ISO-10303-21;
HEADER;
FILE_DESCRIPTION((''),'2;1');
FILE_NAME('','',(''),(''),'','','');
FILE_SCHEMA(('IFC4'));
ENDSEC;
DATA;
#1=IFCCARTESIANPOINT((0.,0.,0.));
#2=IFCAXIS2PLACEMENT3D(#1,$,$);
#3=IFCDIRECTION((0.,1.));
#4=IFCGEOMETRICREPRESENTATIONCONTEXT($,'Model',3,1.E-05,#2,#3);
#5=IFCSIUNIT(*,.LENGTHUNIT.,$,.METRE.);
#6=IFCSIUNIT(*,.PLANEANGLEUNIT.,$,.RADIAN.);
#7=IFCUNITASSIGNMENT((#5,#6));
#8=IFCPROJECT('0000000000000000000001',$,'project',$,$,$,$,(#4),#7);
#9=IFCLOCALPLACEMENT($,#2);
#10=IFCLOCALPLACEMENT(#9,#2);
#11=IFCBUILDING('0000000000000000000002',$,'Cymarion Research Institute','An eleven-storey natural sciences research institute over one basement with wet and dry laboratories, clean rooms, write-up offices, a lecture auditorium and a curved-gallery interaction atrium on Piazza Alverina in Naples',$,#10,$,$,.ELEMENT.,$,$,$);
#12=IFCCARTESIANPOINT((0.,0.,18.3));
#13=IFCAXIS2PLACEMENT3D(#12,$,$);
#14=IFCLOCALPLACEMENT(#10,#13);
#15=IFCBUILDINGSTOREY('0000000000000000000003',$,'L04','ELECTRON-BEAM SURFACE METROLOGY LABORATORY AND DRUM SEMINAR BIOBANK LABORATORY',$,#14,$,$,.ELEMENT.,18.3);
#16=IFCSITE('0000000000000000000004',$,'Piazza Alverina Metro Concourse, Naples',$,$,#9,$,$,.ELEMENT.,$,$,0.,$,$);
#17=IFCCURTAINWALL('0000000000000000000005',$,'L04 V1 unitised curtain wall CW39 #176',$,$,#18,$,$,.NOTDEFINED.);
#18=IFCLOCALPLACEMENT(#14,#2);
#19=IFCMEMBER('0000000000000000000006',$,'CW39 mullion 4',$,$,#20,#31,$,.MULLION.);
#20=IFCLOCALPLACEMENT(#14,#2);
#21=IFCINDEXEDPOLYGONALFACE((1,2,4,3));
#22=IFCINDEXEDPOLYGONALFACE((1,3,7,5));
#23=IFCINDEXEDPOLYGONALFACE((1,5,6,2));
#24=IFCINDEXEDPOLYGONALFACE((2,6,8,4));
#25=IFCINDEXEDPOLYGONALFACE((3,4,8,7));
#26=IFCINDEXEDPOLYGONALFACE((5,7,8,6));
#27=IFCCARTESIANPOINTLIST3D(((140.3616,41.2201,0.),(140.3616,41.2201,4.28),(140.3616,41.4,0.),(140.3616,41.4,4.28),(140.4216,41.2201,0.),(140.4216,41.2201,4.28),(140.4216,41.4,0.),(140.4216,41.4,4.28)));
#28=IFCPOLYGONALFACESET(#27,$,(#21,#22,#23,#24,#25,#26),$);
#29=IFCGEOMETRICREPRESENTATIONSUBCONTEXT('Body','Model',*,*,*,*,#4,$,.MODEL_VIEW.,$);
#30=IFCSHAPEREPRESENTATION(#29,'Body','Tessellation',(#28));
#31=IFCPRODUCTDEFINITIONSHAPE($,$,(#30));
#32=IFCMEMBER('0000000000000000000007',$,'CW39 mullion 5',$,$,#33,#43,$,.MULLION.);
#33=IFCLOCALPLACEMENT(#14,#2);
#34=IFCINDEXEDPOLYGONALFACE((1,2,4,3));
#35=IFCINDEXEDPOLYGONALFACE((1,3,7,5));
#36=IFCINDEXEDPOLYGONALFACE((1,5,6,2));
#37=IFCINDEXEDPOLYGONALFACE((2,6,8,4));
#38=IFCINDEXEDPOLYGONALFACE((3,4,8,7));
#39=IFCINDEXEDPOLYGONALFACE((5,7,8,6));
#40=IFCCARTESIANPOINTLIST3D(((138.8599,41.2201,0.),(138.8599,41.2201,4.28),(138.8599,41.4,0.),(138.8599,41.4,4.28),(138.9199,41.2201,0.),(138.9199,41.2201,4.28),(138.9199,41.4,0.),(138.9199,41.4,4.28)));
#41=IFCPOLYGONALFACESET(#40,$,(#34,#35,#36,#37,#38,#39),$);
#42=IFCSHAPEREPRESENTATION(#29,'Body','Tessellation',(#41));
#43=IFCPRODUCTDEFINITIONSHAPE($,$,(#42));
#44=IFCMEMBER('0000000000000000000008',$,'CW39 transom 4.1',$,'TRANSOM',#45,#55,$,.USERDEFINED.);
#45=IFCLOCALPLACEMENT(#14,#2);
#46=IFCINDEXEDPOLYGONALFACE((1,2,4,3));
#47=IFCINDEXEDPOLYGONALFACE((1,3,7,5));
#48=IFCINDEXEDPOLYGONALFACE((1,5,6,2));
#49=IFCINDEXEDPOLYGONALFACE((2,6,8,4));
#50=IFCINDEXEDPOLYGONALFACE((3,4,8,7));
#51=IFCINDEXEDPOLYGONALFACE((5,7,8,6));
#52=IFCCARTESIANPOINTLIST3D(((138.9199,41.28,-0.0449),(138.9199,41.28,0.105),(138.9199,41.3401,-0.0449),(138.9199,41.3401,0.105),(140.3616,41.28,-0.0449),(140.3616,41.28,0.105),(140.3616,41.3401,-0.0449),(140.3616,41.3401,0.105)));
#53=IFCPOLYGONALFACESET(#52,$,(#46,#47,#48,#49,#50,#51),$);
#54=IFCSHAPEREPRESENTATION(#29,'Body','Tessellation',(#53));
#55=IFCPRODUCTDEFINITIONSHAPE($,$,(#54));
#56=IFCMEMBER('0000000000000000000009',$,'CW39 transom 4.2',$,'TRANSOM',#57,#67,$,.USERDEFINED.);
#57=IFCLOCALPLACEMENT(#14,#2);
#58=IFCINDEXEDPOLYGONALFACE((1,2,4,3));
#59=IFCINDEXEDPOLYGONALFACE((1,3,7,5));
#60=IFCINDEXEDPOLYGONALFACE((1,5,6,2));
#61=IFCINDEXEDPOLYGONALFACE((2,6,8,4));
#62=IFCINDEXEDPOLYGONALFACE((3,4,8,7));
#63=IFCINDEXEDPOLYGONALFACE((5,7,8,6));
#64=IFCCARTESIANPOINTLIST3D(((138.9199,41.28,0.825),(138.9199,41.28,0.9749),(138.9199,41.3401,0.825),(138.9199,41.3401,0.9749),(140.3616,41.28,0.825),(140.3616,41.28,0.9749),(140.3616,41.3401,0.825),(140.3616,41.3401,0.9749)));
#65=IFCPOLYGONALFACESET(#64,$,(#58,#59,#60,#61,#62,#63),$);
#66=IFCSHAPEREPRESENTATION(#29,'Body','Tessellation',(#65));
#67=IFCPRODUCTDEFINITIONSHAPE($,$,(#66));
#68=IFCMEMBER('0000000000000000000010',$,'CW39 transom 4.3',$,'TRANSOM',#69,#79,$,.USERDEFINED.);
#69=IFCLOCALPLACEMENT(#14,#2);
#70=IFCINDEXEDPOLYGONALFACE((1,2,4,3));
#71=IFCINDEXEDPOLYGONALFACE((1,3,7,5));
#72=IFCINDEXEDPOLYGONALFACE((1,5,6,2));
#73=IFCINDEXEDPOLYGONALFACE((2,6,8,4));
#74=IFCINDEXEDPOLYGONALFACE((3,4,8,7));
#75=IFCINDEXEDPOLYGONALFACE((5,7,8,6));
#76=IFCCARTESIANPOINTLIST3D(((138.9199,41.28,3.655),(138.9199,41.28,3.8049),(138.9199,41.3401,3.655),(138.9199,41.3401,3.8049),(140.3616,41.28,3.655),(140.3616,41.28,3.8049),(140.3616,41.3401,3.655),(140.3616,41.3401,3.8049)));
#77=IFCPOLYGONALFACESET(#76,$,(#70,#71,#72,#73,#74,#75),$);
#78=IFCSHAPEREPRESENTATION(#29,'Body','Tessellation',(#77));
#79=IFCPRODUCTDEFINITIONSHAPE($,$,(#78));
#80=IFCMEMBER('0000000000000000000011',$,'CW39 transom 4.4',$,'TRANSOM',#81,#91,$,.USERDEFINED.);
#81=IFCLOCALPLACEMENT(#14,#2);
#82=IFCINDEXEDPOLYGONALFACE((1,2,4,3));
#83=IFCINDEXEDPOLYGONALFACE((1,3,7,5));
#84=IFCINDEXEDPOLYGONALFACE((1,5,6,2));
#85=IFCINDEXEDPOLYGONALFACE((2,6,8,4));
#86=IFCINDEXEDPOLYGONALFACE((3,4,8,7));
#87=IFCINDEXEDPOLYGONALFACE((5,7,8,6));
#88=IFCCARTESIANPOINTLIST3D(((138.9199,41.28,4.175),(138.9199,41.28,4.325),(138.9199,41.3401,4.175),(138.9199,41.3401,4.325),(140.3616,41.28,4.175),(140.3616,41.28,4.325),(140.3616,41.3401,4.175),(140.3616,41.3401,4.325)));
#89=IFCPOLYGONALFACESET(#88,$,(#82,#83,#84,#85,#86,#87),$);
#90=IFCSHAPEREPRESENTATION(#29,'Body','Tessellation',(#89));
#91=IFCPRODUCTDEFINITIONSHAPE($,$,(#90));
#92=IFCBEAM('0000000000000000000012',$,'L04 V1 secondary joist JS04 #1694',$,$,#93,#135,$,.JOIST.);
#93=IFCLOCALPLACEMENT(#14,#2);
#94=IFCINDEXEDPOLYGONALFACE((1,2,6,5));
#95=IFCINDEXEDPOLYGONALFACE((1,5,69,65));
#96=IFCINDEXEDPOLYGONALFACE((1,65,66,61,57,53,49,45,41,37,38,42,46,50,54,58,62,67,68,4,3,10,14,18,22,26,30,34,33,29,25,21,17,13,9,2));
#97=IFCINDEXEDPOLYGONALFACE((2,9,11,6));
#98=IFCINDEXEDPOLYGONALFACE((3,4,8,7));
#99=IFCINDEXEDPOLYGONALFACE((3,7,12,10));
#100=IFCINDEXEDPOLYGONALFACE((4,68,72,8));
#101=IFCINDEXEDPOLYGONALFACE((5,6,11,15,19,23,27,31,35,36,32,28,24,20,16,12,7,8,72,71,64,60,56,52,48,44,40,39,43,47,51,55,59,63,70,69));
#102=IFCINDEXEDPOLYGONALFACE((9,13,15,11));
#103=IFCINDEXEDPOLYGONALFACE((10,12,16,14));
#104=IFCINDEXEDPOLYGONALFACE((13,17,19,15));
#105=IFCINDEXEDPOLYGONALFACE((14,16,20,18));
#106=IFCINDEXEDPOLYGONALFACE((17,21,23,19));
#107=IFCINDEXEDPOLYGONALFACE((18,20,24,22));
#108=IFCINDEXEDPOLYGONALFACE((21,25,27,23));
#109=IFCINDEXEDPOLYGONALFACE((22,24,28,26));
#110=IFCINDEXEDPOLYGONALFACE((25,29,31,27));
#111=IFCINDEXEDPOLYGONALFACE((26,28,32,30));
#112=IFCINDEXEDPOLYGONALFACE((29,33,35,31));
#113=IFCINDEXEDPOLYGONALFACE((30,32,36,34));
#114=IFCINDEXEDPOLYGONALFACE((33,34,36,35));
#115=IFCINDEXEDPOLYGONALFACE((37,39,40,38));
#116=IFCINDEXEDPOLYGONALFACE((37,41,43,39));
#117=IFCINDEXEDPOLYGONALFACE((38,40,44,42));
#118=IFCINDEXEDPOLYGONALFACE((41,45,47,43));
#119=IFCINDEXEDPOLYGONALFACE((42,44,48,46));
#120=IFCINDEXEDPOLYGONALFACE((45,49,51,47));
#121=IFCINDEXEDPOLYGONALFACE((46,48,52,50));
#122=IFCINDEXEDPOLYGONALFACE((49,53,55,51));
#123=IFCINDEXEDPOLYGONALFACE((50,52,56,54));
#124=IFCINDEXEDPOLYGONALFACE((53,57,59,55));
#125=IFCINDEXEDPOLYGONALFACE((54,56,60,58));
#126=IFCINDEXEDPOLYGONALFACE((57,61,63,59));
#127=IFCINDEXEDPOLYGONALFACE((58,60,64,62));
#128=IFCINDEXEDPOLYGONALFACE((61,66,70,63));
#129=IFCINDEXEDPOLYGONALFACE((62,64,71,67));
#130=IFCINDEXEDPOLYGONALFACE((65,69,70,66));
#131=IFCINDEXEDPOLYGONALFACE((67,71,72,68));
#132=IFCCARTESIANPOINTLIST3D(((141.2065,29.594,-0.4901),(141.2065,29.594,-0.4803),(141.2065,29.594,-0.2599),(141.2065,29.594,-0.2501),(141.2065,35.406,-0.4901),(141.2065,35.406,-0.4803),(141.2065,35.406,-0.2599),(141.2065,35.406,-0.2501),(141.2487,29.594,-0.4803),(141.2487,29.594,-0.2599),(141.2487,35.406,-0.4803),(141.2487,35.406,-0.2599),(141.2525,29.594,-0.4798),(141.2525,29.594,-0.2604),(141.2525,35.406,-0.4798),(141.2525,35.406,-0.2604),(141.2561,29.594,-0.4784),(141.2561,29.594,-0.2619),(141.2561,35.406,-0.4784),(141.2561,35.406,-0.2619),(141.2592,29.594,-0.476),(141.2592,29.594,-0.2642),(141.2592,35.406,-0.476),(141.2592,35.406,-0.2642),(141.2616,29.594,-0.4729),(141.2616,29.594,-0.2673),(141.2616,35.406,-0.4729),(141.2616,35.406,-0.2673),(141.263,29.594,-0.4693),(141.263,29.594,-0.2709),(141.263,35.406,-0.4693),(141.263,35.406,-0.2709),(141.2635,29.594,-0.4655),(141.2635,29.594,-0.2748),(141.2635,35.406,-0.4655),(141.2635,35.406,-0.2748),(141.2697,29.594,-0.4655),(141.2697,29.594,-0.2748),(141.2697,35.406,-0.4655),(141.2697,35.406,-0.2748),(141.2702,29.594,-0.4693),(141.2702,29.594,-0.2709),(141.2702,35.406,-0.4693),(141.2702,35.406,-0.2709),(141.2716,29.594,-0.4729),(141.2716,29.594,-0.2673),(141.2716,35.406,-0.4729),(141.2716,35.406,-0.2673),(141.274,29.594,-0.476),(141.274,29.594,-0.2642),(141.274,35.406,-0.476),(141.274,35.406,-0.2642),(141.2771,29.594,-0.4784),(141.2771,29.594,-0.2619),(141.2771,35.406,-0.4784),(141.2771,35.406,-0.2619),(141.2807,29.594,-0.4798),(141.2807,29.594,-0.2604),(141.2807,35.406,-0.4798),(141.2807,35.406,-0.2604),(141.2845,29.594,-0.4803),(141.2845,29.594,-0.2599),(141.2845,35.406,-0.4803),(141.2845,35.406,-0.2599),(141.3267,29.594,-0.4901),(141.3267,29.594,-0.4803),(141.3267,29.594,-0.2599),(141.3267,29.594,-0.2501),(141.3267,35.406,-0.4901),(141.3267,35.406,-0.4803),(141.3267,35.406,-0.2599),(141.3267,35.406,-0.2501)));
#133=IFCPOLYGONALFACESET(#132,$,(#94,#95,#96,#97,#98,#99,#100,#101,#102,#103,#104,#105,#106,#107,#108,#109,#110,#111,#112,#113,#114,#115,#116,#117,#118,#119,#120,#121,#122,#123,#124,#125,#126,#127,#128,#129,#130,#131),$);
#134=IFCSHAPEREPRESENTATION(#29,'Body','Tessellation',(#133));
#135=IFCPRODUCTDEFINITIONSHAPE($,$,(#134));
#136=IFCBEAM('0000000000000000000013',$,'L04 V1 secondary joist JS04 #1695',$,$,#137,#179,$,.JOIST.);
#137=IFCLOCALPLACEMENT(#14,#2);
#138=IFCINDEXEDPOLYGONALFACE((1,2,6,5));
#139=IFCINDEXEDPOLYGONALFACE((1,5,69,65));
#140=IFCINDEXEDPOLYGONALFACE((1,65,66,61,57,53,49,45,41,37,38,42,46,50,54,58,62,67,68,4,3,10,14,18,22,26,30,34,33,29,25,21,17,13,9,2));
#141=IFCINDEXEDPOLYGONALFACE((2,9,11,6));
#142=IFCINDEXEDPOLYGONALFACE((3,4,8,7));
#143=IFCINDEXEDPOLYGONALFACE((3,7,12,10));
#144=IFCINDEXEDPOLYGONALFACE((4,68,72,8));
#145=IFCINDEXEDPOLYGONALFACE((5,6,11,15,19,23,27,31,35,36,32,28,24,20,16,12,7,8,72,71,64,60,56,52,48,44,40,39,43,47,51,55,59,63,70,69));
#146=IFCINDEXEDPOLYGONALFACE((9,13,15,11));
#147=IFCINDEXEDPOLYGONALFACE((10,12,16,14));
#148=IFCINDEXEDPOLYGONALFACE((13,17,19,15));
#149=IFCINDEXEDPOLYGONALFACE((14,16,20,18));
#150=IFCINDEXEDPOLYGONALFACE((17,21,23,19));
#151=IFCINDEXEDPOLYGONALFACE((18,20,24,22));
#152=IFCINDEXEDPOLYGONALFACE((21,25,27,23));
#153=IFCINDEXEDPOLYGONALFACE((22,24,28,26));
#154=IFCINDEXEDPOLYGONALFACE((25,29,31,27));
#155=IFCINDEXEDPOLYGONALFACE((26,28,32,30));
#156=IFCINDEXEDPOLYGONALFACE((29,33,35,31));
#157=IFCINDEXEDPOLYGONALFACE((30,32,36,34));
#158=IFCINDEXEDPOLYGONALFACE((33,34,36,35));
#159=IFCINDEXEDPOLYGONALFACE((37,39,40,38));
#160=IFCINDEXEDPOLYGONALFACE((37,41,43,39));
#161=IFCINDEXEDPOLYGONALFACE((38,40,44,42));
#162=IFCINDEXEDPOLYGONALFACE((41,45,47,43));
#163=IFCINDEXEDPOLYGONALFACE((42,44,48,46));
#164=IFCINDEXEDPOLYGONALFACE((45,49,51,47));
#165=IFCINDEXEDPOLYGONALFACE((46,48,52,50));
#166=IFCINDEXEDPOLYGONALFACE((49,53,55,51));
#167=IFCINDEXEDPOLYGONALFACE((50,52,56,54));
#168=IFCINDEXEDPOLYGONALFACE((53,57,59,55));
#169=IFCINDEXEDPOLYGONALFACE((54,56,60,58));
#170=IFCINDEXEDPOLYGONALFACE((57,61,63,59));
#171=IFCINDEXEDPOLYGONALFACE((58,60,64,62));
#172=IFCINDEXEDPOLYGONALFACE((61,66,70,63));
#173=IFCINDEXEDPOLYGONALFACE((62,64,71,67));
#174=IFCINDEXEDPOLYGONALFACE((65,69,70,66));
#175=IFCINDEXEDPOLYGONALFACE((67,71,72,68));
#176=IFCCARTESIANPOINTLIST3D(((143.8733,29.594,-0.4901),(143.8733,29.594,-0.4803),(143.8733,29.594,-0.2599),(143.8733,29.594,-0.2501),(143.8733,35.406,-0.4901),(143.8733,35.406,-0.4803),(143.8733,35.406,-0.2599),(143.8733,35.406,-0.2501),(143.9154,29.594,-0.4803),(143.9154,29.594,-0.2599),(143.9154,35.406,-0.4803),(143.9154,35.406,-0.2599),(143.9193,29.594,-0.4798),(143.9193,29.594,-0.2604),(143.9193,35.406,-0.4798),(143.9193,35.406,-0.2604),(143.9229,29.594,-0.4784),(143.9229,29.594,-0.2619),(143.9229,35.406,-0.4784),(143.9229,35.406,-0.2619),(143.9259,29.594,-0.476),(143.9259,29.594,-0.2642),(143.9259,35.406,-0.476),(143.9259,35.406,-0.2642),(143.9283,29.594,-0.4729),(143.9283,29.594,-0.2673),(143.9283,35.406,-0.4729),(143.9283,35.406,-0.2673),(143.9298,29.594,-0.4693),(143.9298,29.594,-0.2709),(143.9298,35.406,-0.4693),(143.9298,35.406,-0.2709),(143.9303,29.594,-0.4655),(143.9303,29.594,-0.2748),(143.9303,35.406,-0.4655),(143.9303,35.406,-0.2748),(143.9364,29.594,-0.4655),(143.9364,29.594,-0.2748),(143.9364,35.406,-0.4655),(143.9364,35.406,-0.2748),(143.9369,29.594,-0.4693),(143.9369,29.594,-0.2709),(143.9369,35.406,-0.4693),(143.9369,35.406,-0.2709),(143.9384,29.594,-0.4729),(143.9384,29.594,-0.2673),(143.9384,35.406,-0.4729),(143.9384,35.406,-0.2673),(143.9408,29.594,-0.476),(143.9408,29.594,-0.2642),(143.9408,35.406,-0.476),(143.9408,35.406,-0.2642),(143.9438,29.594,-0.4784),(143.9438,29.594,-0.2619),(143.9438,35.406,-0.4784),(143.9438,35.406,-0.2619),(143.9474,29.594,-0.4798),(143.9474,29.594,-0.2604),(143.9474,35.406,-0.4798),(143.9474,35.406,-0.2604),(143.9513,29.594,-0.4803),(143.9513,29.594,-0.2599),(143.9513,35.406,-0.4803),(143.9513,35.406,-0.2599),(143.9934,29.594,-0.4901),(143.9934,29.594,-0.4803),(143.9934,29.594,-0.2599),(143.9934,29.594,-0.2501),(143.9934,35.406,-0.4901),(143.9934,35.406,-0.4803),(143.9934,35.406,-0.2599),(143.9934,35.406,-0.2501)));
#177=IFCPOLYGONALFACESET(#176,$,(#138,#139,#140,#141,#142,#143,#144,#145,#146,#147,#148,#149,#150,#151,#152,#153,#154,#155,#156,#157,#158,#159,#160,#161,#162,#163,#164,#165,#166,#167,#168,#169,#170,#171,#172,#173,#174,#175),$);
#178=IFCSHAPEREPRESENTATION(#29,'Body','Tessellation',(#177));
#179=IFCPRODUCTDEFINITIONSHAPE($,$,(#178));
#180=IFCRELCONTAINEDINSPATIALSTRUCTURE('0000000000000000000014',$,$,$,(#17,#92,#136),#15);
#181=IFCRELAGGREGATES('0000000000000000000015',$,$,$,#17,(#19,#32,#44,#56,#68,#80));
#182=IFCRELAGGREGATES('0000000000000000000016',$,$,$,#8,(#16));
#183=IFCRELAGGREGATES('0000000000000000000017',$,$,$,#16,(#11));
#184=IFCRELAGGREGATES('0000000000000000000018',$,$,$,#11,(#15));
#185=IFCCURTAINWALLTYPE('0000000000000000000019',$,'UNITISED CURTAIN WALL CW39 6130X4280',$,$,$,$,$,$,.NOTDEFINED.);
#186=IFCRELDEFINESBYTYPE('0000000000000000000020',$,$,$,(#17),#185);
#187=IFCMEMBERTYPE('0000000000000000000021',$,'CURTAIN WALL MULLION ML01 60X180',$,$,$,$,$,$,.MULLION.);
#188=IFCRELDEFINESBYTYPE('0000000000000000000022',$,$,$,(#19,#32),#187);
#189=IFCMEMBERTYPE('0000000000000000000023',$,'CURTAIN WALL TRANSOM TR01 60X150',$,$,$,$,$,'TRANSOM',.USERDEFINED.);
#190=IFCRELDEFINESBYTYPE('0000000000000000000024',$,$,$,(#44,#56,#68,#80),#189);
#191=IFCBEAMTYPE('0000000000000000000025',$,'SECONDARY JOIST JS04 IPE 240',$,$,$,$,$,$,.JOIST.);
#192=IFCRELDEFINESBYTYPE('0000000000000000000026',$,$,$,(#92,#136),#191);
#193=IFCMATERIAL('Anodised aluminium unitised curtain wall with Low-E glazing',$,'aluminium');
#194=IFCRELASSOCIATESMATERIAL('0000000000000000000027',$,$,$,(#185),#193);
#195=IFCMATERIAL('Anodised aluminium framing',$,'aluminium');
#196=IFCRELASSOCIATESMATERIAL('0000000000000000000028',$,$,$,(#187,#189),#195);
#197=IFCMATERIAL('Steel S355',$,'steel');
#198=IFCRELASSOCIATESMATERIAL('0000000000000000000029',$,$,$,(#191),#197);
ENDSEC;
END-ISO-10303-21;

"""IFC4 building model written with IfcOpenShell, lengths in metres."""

from ifc_helpers import new_model, si_unit, direction, frame, origin, origin_2d, place, context, subcontext, project, spatial, rectangle, i_section, extrude, material, material_profile, profile_set, type_object, element, aggregate, save


model = new_model("IFC4")

# Units and contexts
model_context = context("Model", 3, precision=1e-05, world=origin(), true_north=direction((0.0, 1.0)))
body_context = subcontext(model_context, "Body", "Model", "MODEL_VIEW")
ifc_project = project(units=[si_unit("LENGTHUNIT", "METRE"), si_unit("PLANEANGLEUNIT", "RADIAN")], contexts=[model_context])

# Site, building, storey
site_placement = place(None, origin())
site = spatial("IfcSite", under=ifc_project, at=site_placement, Name="Piazza Alverina Metro Concourse, Naples", CompositionType="ELEMENT", RefElevation=0.0)
building_placement = place(site_placement, origin())
building = spatial("IfcBuilding", under=site, at=building_placement, Name="Cymarion Research Institute", Description="An eleven-storey natural sciences research institute over one basement with wet and dry laboratories, clean rooms, write-up offices, a lecture auditorium and a curved-gallery interaction atrium on Piazza Alverina in Naples", CompositionType="ELEMENT")
storey_placement = place(building_placement, frame((0.0, 0.0, 18.3)))
storey = spatial("IfcBuildingStorey", under=building, at=storey_placement, Name="L04", Description="ELECTRON-BEAM SURFACE METROLOGY LABORATORY AND DRUM SEMINAR BIOBANK LABORATORY", CompositionType="ELEMENT", Elevation=18.3)

# Curtain wall, members
ifc_material_1 = material(Name="Anodised aluminium unitised curtain wall with Low-E glazing", Category="aluminium")
curtain_wall_type = type_object("IfcCurtainWallType", Name="UNITISED CURTAIN WALL CW39 6130X4280", PredefinedType="NOTDEFINED", material=ifc_material_1)
curtain_wall_placement = place(storey_placement, origin())
curtain_wall = element("IfcCurtainWall", 1, at=curtain_wall_placement, inside=storey, type_object=curtain_wall_type, Name="L04 V1 unitised curtain wall CW39 #176", PredefinedType="NOTDEFINED")
ifc_material_2 = material(Name="Anodised aluminium framing", Category="aluminium")
ifc_material_profile_1 = material_profile(ifc_material_2, rectangle(XDim=0.0601, YDim=0.1799, at=origin_2d()), Name="ALU MULLION 60x180")
ifc_profile_set_1 = profile_set([ifc_material_profile_1], Name="Anodised aluminium framing")
member_type_1 = type_object("IfcMemberType", Name="CURTAIN WALL MULLION ML01 60X180", PredefinedType="MULLION", material=ifc_profile_set_1)
member_1_placement = place(storey_placement, frame((140.3916, 41.3101, 0.0), z_axis=(0.0, 0.0, 1.0), x_axis=(-1.0, 0.0, 0.0)))
member_1 = element("IfcMember", 2, at=member_1_placement, type_object=member_type_1, Name="CW39 mullion 4", PredefinedType="MULLION", context=body_context, shape_type="SweptSolid", body=[
    extrude(rectangle(XDim=0.0601, YDim=0.1799, at=origin_2d()), origin(), (0.0, 0.0, 1.0), 4.28),
])
member_2_placement = place(storey_placement, frame((138.8899, 41.3101, 0.0), z_axis=(0.0, 0.0, 1.0), x_axis=(-1.0, 0.0, 0.0)))
member_2 = element("IfcMember", 3, at=member_2_placement, type_object=member_type_1, Name="CW39 mullion 5", PredefinedType="MULLION", context=body_context, shape_type="SweptSolid", body=[
    extrude(rectangle(XDim=0.0601, YDim=0.1799, at=origin_2d()), origin(), (0.0, 0.0, 1.0), 4.28),
])
ifc_material_profile_2 = material_profile(ifc_material_2, rectangle(XDim=0.0601, YDim=0.1499, at=origin_2d()), Name="ALU TRANSOM 60x150")
ifc_profile_set_2 = profile_set([ifc_material_profile_2], Name="Anodised aluminium framing")
member_type_2 = type_object("IfcMemberType", Name="CURTAIN WALL TRANSOM TR01 60X150", ElementType="TRANSOM", PredefinedType="USERDEFINED", material=ifc_profile_set_2)
member_3_placement = place(storey_placement, frame((140.3616, 41.3101, 0.03), z_axis=(-1.0, 0.0, 0.0), x_axis=(0.0, -1.0, 0.0)))
member_3 = element("IfcMember", 4, at=member_3_placement, type_object=member_type_2, Name="CW39 transom 4.1", ObjectType="TRANSOM", PredefinedType="USERDEFINED", context=body_context, shape_type="SweptSolid", body=[
    extrude(rectangle(XDim=0.0601, YDim=0.1499, at=origin_2d()), origin(), (0.0, 0.0, 1.0), 1.4417),
])
member_4_placement = place(storey_placement, frame((140.3616, 41.3101, 0.8999), z_axis=(-1.0, 0.0, 0.0), x_axis=(0.0, -1.0, 0.0)))
member_4 = element("IfcMember", 5, at=member_4_placement, type_object=member_type_2, Name="CW39 transom 4.2", ObjectType="TRANSOM", PredefinedType="USERDEFINED", context=body_context, shape_type="SweptSolid", body=[
    extrude(rectangle(XDim=0.0601, YDim=0.1499, at=origin_2d()), origin(), (0.0, 0.0, 1.0), 1.4417),
])
member_5_placement = place(storey_placement, frame((140.3616, 41.3101, 3.73), z_axis=(-1.0, 0.0, 0.0), x_axis=(0.0, -1.0, 0.0)))
member_5 = element("IfcMember", 6, at=member_5_placement, type_object=member_type_2, Name="CW39 transom 4.3", ObjectType="TRANSOM", PredefinedType="USERDEFINED", context=body_context, shape_type="SweptSolid", body=[
    extrude(rectangle(XDim=0.0601, YDim=0.1499, at=origin_2d()), origin(), (0.0, 0.0, 1.0), 1.4417),
])
member_6_placement = place(storey_placement, frame((140.3616, 41.3101, 4.25), z_axis=(-1.0, 0.0, 0.0), x_axis=(0.0, -1.0, 0.0)))
member_6 = element("IfcMember", 7, at=member_6_placement, type_object=member_type_2, Name="CW39 transom 4.4", ObjectType="TRANSOM", PredefinedType="USERDEFINED", context=body_context, shape_type="SweptSolid", body=[
    extrude(rectangle(XDim=0.0601, YDim=0.1499, at=origin_2d()), origin(), (0.0, 0.0, 1.0), 1.4417),
])

# Beams
ifc_material_3 = material(Name="Steel S355", Category="steel")
ifc_material_profile_3 = material_profile(ifc_material_3, i_section(OverallWidth=0.1201, OverallDepth=0.24, WebThickness=0.0061, FlangeThickness=0.0098, FilletRadius=0.0149, at=origin_2d()), Name="IPE 240")
ifc_profile_set_3 = profile_set([ifc_material_profile_3], Name="Steel S355")
beam_type = type_object("IfcBeamType", Name="SECONDARY JOIST JS04 IPE 240", PredefinedType="JOIST", material=ifc_profile_set_3)
for number, where, z_axis, x_axis, name in (
    (8, (141.2666, 29.594, -0.3701), (0.0, 1.0, 0.0), (-1.0, 0.0, 0.0), "L04 V1 secondary joist JS04 #1694"),
    (9, (143.9333, 29.594, -0.3701), (0.0, 1.0, 0.0), (-1.0, 0.0, 0.0), "L04 V1 secondary joist JS04 #1695"),
):
    element("IfcBeam", number, at=place(storey_placement, frame(where, z_axis=z_axis, x_axis=x_axis)), inside=storey, type_object=beam_type, Name=name, PredefinedType="JOIST", context=body_context, shape_type="SweptSolid", body=[
        extrude(i_section(OverallWidth=0.1201, OverallDepth=0.24, WebThickness=0.0061, FlangeThickness=0.0098, FilletRadius=0.0149, at=origin_2d()), origin(), (0.0, 0.0, 1.0), 5.812),
    ])

aggregate(curtain_wall, [member_1, member_2, member_3, member_4, member_5, member_6])

save(model, "model.ifc")
